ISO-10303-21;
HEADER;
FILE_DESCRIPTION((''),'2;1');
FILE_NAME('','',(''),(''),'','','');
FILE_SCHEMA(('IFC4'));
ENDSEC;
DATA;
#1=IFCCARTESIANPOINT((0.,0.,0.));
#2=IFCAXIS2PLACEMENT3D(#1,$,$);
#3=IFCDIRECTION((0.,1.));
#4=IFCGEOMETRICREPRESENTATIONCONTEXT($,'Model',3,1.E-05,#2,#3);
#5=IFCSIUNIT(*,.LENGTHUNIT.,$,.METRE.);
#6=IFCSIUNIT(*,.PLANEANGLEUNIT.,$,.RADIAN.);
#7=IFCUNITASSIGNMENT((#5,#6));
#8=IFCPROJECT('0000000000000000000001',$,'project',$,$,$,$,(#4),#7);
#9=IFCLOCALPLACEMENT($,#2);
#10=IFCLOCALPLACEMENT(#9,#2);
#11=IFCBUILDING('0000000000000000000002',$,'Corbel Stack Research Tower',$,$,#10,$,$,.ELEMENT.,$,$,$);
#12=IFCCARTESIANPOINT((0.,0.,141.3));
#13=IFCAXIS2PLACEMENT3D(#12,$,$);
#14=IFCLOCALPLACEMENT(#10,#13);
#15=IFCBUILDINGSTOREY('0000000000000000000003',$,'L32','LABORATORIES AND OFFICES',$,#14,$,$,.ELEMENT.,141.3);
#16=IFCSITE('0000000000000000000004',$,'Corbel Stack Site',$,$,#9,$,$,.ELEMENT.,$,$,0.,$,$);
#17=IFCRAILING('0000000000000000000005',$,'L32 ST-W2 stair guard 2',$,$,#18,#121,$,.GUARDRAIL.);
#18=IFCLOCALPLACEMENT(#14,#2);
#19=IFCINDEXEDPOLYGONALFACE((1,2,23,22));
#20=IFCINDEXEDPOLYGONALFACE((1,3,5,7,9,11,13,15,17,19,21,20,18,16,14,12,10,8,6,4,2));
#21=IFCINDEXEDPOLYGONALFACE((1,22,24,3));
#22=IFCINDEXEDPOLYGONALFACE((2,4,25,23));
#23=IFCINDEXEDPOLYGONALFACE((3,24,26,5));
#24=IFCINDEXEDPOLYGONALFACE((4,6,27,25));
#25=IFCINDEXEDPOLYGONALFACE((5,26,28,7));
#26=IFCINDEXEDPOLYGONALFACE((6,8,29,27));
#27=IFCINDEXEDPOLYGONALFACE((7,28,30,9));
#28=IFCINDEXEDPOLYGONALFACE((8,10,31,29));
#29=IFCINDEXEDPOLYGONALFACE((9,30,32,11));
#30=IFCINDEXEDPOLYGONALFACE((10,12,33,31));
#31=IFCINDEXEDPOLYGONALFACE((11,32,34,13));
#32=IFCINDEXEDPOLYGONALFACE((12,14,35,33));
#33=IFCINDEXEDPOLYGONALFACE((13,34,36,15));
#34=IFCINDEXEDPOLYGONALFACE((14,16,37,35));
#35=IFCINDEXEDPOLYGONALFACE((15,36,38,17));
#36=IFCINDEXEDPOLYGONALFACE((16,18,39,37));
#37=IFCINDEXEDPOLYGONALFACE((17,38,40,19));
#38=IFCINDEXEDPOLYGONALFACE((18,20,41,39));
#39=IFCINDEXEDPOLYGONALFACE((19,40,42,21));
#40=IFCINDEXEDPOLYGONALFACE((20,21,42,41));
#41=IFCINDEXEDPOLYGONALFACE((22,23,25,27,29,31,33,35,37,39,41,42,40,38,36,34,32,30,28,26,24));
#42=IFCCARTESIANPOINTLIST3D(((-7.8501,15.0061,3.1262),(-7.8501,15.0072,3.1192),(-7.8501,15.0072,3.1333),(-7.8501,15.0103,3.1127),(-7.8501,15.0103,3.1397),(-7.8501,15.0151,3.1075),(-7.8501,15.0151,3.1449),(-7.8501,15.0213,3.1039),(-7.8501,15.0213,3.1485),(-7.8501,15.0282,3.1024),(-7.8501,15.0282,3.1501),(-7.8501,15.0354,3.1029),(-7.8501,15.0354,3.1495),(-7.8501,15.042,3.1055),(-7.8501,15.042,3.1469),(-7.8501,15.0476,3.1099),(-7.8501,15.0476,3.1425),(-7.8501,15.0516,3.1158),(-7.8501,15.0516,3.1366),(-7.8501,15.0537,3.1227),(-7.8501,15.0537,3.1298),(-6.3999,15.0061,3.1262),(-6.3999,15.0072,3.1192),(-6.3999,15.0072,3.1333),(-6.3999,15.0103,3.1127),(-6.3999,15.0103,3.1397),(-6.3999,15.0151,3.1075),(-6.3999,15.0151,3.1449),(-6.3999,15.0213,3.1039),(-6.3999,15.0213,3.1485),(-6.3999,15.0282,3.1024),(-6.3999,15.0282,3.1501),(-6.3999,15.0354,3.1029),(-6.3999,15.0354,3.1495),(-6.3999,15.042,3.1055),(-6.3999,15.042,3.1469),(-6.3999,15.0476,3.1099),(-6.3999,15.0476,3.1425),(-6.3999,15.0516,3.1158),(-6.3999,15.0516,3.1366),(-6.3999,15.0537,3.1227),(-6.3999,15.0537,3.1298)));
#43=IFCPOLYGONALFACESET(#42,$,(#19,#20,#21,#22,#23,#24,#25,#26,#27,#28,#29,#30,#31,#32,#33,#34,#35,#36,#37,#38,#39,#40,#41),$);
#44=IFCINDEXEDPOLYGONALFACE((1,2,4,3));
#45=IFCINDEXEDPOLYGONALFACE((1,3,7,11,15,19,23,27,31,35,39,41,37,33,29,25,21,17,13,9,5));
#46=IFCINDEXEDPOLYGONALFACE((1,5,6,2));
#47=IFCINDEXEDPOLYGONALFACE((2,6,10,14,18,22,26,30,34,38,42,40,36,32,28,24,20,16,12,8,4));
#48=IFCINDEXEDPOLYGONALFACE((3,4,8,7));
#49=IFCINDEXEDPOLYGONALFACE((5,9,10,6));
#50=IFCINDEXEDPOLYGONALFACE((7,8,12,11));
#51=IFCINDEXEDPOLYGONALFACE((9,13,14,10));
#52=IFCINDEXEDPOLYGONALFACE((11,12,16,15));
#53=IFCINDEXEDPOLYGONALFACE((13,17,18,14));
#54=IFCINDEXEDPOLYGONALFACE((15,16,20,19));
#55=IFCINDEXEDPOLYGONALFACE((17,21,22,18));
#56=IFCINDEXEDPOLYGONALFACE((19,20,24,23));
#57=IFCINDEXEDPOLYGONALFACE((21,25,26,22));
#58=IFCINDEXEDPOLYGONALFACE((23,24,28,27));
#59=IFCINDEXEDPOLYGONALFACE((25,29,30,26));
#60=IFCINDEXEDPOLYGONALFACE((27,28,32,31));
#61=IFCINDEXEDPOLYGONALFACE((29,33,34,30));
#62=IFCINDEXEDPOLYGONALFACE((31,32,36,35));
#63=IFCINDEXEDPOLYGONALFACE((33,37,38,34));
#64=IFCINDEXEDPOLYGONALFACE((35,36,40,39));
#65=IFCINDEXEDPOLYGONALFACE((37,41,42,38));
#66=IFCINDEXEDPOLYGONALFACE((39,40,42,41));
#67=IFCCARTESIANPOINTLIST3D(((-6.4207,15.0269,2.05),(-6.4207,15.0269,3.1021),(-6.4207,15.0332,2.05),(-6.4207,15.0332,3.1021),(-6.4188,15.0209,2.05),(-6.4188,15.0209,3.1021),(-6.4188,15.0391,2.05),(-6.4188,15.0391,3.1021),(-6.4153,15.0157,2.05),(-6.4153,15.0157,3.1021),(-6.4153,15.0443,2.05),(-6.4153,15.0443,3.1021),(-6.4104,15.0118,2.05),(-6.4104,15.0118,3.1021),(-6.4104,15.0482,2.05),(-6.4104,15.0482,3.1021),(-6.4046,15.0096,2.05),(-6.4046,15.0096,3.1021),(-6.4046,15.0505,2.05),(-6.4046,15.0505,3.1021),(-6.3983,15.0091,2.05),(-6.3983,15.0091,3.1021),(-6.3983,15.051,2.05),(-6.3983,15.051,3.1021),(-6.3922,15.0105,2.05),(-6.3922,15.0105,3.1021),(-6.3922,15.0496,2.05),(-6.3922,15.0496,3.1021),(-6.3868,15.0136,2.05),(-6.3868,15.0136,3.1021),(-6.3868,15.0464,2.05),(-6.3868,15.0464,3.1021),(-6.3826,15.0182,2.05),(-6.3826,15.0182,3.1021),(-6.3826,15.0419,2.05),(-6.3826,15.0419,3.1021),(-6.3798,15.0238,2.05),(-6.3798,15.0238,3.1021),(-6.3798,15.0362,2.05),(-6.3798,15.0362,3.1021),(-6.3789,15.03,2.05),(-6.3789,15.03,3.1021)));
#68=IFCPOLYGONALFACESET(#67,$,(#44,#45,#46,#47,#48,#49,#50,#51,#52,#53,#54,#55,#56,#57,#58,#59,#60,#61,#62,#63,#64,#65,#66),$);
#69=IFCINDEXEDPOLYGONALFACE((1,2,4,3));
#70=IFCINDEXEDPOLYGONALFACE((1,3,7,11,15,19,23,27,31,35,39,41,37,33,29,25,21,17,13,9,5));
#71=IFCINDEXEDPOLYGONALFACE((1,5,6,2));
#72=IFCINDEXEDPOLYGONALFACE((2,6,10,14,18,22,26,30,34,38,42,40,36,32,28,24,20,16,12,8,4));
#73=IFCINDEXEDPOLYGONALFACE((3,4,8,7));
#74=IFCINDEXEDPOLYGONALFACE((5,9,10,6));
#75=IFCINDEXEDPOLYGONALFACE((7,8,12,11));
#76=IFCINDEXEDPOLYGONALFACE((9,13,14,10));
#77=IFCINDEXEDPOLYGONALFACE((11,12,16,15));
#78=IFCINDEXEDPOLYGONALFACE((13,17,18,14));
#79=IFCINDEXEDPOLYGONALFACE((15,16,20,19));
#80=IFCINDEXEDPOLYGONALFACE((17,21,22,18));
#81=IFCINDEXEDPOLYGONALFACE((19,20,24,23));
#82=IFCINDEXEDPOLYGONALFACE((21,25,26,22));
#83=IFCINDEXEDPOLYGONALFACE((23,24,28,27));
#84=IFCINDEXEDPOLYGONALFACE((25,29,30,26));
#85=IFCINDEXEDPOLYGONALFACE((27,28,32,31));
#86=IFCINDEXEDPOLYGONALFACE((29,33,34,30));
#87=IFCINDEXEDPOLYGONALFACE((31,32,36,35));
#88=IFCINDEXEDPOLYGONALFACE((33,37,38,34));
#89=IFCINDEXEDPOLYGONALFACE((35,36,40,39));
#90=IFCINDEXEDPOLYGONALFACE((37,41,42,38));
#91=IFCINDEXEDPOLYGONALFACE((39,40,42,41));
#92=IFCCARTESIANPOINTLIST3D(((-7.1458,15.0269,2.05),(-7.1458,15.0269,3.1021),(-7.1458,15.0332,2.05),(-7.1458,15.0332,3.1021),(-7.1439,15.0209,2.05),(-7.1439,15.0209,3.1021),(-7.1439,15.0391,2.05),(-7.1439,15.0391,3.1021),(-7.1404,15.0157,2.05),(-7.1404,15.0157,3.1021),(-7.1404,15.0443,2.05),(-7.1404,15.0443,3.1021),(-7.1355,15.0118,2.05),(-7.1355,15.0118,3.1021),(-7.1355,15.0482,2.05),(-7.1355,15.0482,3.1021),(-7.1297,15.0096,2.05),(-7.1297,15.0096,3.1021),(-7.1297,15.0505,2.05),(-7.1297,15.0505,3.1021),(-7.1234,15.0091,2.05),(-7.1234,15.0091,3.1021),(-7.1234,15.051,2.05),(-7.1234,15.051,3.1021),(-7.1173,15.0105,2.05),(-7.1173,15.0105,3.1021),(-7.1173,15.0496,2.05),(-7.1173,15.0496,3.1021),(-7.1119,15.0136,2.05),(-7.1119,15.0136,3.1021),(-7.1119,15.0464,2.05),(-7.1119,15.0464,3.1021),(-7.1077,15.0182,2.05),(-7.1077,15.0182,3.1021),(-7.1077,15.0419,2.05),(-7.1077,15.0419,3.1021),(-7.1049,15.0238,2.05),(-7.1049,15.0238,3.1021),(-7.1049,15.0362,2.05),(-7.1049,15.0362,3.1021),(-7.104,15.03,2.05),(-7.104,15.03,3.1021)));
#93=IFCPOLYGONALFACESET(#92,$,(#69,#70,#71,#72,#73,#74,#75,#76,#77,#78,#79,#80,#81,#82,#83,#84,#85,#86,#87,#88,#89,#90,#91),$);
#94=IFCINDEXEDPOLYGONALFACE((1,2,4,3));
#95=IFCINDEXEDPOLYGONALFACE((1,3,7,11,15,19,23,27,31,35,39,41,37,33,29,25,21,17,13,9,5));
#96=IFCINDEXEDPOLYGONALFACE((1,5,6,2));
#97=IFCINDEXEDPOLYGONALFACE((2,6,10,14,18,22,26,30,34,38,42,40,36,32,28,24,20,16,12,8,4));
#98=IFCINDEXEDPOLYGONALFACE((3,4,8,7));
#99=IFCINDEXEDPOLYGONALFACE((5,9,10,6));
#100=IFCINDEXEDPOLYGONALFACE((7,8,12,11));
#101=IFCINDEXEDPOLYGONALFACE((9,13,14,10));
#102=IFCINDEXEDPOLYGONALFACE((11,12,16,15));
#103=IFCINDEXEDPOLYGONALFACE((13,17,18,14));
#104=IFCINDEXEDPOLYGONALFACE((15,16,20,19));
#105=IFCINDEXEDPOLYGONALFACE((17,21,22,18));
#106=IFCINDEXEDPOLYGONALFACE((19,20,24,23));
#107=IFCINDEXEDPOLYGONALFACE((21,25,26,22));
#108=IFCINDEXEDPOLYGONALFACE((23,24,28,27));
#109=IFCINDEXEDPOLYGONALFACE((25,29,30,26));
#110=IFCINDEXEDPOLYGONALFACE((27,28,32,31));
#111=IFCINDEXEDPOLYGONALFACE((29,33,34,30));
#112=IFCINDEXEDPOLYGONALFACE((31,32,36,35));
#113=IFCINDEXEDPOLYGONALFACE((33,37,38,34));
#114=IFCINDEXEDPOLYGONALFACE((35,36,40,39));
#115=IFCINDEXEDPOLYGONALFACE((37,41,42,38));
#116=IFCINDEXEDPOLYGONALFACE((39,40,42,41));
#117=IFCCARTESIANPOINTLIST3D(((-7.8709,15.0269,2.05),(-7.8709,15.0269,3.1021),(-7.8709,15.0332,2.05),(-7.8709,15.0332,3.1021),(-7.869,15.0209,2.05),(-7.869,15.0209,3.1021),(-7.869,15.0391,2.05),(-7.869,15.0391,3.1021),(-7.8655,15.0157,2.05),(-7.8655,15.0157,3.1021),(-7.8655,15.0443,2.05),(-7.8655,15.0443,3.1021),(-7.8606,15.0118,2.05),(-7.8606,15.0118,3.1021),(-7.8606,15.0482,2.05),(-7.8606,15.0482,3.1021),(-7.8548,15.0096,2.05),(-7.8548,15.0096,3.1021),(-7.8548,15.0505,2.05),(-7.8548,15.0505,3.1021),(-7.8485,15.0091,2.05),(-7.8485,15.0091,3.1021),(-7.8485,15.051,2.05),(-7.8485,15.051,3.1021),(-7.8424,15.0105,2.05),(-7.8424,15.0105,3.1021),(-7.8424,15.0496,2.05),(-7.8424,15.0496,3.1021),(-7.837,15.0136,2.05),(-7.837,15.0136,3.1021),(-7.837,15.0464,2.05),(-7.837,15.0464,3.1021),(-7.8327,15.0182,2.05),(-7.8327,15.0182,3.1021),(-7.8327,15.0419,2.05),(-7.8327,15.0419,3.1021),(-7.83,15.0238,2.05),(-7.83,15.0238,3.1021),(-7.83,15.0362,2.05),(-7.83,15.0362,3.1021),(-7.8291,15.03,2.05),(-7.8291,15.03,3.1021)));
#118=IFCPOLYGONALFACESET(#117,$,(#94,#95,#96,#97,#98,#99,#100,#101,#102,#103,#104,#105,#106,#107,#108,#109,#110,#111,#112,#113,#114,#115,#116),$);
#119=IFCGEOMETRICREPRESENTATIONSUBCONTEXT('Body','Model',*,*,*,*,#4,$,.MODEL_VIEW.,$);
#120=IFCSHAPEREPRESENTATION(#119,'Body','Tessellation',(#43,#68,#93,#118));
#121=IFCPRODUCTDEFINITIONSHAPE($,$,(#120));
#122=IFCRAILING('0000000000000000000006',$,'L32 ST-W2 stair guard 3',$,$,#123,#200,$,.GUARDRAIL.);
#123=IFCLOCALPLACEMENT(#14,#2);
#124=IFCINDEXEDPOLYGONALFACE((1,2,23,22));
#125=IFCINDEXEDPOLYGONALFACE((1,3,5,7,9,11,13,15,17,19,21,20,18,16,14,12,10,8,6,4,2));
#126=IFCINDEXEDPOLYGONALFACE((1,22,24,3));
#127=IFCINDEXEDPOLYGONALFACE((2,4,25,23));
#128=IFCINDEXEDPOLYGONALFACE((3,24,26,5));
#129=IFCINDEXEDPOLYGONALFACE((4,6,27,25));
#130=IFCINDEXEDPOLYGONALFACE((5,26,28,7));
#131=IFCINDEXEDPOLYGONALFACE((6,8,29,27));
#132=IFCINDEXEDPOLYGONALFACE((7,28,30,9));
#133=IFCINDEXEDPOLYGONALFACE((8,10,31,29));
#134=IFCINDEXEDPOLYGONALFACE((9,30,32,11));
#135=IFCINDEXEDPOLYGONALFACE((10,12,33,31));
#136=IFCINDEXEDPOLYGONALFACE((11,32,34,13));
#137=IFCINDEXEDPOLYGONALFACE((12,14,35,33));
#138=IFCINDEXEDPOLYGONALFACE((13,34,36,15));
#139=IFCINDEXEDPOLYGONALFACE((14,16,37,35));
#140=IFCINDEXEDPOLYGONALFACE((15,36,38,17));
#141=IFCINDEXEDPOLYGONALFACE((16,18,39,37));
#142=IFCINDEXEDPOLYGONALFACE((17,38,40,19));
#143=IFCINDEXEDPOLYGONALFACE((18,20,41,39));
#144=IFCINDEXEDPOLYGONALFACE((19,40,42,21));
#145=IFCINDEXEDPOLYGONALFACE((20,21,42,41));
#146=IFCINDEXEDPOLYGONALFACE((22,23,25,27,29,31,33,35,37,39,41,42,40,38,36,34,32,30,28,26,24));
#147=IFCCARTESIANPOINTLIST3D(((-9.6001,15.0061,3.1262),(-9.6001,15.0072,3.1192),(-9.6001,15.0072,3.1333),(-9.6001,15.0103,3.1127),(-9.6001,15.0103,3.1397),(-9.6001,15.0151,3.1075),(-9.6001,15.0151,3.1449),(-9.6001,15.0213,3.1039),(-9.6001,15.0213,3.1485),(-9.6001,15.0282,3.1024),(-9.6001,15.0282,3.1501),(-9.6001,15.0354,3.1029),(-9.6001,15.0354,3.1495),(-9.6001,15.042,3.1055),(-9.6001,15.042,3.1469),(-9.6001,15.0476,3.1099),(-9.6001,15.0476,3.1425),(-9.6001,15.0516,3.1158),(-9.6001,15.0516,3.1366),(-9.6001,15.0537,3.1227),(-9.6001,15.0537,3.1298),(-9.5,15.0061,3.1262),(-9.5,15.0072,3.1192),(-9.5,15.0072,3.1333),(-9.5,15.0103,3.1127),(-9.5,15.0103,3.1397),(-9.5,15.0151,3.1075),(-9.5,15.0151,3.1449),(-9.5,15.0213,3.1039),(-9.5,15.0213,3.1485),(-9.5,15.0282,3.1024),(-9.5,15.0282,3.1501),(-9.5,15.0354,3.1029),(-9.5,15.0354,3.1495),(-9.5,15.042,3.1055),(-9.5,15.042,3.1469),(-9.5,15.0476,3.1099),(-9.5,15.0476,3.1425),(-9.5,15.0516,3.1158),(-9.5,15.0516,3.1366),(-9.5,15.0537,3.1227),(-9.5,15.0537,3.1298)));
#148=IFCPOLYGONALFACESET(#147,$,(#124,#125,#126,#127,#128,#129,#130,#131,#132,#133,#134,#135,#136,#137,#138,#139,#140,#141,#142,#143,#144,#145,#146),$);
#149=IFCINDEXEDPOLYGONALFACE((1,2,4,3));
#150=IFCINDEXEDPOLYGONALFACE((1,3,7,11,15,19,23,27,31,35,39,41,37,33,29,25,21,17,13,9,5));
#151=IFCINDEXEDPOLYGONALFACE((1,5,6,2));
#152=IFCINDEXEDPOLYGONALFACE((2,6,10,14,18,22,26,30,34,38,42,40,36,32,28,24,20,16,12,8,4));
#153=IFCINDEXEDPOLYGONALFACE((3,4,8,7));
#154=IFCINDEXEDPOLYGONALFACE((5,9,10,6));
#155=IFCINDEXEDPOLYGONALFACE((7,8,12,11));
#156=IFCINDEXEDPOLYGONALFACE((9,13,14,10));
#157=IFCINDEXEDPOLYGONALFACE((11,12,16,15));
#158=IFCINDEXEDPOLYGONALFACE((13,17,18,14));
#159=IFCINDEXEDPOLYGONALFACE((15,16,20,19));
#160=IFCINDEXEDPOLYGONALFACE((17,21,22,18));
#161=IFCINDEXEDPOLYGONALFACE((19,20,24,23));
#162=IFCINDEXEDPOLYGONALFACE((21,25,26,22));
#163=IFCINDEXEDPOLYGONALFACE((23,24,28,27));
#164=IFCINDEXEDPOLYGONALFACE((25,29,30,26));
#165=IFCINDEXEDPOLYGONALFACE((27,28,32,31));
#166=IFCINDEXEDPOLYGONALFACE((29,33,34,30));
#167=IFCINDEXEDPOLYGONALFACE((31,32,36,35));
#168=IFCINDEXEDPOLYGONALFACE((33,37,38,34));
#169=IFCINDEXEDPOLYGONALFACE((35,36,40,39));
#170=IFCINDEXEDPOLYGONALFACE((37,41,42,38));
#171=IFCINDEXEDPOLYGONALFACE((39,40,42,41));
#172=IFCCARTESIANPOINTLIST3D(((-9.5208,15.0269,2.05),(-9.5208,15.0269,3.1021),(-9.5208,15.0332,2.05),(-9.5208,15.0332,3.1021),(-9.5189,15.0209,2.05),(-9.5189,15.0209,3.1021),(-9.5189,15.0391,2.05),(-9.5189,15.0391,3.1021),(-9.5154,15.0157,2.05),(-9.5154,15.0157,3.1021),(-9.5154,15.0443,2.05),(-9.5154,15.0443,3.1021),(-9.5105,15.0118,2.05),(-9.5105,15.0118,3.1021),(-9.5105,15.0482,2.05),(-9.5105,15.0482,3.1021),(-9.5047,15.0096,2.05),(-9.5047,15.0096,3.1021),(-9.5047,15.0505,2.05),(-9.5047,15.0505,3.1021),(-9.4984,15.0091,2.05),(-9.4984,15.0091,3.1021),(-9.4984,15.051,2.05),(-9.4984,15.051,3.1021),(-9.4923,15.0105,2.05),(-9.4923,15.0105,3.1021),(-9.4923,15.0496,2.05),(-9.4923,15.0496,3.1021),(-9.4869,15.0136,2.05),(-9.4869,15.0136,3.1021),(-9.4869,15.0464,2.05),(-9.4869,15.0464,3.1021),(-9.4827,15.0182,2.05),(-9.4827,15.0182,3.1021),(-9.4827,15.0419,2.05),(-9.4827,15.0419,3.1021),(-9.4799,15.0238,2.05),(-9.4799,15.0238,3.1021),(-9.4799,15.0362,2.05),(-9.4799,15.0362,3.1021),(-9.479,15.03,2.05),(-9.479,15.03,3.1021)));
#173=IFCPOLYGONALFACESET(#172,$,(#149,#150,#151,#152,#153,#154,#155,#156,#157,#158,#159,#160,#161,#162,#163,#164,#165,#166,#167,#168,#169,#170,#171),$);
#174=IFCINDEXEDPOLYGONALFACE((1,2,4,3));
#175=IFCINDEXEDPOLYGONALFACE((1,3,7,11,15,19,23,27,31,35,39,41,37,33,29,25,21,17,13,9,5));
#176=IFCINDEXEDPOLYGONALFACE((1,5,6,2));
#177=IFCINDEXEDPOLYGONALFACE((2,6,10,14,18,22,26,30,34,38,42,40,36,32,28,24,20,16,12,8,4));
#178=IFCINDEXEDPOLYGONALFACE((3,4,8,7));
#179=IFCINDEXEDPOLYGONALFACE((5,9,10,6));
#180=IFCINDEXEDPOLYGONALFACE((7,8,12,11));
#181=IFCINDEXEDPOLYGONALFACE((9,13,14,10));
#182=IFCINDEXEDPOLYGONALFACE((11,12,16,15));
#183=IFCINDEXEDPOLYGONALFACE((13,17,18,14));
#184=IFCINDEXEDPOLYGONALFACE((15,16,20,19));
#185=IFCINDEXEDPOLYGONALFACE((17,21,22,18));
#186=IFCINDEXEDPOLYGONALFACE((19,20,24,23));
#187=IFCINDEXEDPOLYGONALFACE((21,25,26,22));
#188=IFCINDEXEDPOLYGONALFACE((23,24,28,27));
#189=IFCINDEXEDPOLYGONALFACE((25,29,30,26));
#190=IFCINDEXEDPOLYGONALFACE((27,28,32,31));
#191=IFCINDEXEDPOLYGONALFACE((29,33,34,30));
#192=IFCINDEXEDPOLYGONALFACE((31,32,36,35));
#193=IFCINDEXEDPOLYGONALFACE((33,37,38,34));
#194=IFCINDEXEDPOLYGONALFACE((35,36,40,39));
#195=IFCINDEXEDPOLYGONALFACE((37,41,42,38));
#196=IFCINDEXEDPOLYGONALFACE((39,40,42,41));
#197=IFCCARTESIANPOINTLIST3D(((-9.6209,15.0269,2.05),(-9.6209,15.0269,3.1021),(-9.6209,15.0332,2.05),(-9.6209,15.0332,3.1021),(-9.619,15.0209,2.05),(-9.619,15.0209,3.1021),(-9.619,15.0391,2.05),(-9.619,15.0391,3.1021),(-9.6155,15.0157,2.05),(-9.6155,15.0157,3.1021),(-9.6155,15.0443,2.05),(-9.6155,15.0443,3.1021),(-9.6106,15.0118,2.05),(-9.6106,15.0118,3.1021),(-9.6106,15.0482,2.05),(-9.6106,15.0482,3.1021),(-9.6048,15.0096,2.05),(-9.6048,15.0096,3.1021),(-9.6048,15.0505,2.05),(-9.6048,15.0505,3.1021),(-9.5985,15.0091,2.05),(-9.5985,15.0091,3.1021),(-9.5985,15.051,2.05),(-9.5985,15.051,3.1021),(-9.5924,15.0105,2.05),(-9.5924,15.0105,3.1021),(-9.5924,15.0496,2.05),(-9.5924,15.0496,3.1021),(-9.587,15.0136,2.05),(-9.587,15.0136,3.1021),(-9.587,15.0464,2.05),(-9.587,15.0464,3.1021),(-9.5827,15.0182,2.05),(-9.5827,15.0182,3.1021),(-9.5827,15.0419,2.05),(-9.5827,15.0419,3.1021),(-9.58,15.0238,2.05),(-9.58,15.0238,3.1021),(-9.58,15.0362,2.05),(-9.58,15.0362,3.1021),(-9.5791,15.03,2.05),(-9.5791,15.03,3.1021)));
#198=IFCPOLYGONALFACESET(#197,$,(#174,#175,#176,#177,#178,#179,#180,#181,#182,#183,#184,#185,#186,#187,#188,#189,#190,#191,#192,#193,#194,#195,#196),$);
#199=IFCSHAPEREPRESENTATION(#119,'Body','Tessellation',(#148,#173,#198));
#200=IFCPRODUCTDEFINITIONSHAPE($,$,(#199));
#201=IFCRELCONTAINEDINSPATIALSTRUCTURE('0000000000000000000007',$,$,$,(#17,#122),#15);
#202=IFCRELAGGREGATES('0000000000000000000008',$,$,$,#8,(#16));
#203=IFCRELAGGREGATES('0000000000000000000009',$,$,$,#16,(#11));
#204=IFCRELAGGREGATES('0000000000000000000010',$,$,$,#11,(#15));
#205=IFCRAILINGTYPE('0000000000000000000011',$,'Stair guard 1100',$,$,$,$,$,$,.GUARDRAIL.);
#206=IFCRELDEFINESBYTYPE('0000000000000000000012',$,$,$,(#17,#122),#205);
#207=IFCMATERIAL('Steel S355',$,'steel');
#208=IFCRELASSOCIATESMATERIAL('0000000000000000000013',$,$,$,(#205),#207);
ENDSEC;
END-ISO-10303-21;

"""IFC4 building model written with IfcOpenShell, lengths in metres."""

from ifc_helpers import new_model, si_unit, direction, frame, origin, origin_2d, place, context, subcontext, project, spatial, circle, extrude, material, type_object, element, save


model = new_model("IFC4")

# Units and contexts
model_context = context("Model", 3, precision=1e-05, world=origin(), true_north=direction((0.0, 1.0)))
body_context = subcontext(model_context, "Body", "Model", "MODEL_VIEW")
ifc_project = project(units=[si_unit("LENGTHUNIT", "METRE"), si_unit("PLANEANGLEUNIT", "RADIAN")], contexts=[model_context])

# Site, building, storey
site_placement = place(None, origin())
site = spatial("IfcSite", under=ifc_project, at=site_placement, Name="Corbel Stack Site", CompositionType="ELEMENT", RefElevation=0.0)
building_placement = place(site_placement, origin())
building = spatial("IfcBuilding", under=site, at=building_placement, Name="Corbel Stack Research Tower", CompositionType="ELEMENT")
storey_placement = place(building_placement, frame((0.0, 0.0, 141.3)))
storey = spatial("IfcBuildingStorey", under=building, at=storey_placement, Name="L32", Description="LABORATORIES AND OFFICES", CompositionType="ELEMENT", Elevation=141.3)

# Railings
ifc_material_1 = material(Name="Steel S355", Category="steel")
railing_type_1 = type_object("IfcRailingType", Name="Stair guard 1100", PredefinedType="GUARDRAIL", material=ifc_material_1)
railing_1_placement = place(storey_placement, frame((-6.3999, 15.03, 2.05)))
element("IfcRailing", 1, at=railing_1_placement, inside=storey, type_object=railing_type_1, Name="L32 ST-W2 stair guard 2", PredefinedType="GUARDRAIL", context=body_context, shape_type="SweptSolid", body=[
    extrude(circle(Radius=0.0239, at=origin_2d()), frame((0.0, 0.0, 1.0762), z_axis=(-1.0, 0.0, 0.0), x_axis=(0.0, -1.0, 0.0)), (0.0, 0.0, 1.0), 1.4502),
    extrude(circle(Radius=0.021, at=origin_2d()), origin(), (0.0, 0.0, 1.0), 1.052),
    extrude(circle(Radius=0.021, at=origin_2d()), frame((-0.7251, 0.0, 0.0)), (0.0, 0.0, 1.0), 1.052),
    extrude(circle(Radius=0.021, at=origin_2d()), frame((-1.4502, 0.0, 0.0)), (0.0, 0.0, 1.0), 1.052),
])
railing_2_placement = place(storey_placement, frame((-9.5, 15.03, 2.05)))
element("IfcRailing", 2, at=railing_2_placement, inside=storey, type_object=railing_type_1, Name="L32 ST-W2 stair guard 3", PredefinedType="GUARDRAIL", context=body_context, shape_type="SweptSolid", body=[
    extrude(circle(Radius=0.0239, at=origin_2d()), frame((0.0, 0.0, 1.0762), z_axis=(-1.0, 0.0, 0.0), x_axis=(0.0, -1.0, 0.0)), (0.0, 0.0, 1.0), 0.1001),
    extrude(circle(Radius=0.021, at=origin_2d()), origin(), (0.0, 0.0, 1.0), 1.052),
    extrude(circle(Radius=0.021, at=origin_2d()), frame((-0.1001, 0.0, 0.0)), (0.0, 0.0, 1.0), 1.052),
])

save(model, "model.ifc")
